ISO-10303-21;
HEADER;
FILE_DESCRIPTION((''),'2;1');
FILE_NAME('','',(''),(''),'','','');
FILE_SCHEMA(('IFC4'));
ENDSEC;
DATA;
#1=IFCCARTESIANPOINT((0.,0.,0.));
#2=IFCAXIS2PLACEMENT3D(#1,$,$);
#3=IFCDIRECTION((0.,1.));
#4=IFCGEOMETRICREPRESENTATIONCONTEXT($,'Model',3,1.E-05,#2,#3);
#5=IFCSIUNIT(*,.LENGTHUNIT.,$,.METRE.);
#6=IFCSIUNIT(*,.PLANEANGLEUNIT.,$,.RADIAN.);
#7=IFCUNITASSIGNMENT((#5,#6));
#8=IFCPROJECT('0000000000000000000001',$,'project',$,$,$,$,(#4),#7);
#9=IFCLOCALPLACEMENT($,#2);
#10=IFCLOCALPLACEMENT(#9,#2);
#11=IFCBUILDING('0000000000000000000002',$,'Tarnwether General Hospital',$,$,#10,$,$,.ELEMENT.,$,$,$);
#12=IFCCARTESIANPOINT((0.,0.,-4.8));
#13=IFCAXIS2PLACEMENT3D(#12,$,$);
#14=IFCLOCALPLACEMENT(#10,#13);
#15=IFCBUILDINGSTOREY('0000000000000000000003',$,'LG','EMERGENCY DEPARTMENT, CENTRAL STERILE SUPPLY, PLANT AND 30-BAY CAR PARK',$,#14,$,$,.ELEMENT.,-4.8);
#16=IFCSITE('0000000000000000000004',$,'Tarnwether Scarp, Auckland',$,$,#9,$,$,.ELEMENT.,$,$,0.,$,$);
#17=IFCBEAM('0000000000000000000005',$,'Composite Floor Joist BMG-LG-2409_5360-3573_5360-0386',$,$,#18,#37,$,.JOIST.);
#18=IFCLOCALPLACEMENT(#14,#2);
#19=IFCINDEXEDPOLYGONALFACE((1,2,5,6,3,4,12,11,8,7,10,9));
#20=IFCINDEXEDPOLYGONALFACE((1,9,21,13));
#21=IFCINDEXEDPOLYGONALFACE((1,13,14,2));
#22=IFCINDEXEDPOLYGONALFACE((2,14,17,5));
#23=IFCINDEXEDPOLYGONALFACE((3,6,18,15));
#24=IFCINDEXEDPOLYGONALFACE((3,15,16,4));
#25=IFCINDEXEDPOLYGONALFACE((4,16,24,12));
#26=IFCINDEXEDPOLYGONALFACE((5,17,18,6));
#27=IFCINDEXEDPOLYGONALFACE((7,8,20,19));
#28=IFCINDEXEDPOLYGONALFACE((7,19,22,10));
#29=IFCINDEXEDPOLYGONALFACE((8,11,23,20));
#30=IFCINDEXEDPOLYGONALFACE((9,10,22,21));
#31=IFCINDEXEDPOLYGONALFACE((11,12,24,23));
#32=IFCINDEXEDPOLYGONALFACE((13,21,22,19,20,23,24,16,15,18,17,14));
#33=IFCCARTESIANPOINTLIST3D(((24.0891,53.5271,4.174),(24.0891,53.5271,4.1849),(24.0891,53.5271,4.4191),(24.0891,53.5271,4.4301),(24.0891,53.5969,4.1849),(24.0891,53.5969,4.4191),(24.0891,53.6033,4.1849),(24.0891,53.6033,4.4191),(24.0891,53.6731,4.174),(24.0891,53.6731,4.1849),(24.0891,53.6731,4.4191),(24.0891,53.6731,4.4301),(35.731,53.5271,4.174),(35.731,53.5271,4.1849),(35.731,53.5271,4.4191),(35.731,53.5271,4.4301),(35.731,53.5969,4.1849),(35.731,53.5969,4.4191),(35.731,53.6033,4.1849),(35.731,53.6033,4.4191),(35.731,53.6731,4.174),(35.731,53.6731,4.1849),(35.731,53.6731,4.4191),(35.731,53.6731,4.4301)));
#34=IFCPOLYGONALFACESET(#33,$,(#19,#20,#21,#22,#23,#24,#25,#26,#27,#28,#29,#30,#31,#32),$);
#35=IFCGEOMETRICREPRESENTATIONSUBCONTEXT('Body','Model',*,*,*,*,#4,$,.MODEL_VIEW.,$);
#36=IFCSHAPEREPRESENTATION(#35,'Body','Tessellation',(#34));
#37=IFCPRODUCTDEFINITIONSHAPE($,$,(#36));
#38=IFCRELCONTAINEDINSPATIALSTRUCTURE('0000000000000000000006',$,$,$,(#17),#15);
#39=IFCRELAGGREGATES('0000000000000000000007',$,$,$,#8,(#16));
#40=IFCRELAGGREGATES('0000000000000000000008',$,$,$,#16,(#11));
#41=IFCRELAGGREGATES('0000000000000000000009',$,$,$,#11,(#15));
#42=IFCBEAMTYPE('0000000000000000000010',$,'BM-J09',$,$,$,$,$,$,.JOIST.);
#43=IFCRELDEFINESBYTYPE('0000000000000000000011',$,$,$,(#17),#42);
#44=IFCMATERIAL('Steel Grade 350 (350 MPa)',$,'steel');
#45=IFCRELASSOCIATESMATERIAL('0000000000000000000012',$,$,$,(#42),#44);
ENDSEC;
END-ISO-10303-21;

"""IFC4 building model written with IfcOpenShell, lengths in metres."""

from ifc_helpers import new_model, si_unit, direction, frame, origin, origin_2d, place, context, subcontext, project, spatial, i_section, extrude, material, material_profile, profile_set, type_object, element, save


model = new_model("IFC4")

# Units and contexts
model_context = context("Model", 3, precision=1e-05, world=origin(), true_north=direction((0.0, 1.0)))
body_context = subcontext(model_context, "Body", "Model", "MODEL_VIEW")
ifc_project = project(units=[si_unit("LENGTHUNIT", "METRE"), si_unit("PLANEANGLEUNIT", "RADIAN")], contexts=[model_context])

# Site, building, storey
site_placement = place(None, origin())
site = spatial("IfcSite", under=ifc_project, at=site_placement, Name="Tarnwether Scarp, Auckland", CompositionType="ELEMENT", RefElevation=0.0)
building_placement = place(site_placement, origin())
building = spatial("IfcBuilding", under=site, at=building_placement, Name="Tarnwether General Hospital", CompositionType="ELEMENT")
storey_placement = place(building_placement, frame((0.0, 0.0, -4.8)))
storey = spatial("IfcBuildingStorey", under=building, at=storey_placement, Name="LG", Description="EMERGENCY DEPARTMENT, CENTRAL STERILE SUPPLY, PLANT AND 30-BAY CAR PARK", CompositionType="ELEMENT", Elevation=-4.8)

# Beam
ifc_material_1 = material(Name="Steel Grade 350 (350 MPa)", Category="steel")
ifc_material_profile_1 = material_profile(ifc_material_1, i_section(OverallWidth=0.146, OverallDepth=0.2561, WebThickness=0.0063, FlangeThickness=0.011, at=origin_2d()), Name="250UB37.3")
ifc_profile_set_1 = profile_set([ifc_material_profile_1], Name="Steel Grade 350 (350 MPa)")
beam_type_1 = type_object("IfcBeamType", Name="BM-J09", PredefinedType="JOIST", material=ifc_profile_set_1)
beam_1_placement = place(storey_placement, frame((24.0891, 53.6001, 4.302), z_axis=(1.0, 0.0, 0.0), x_axis=(0.0, 1.0, 0.0)))
element("IfcBeam", 1, at=beam_1_placement, inside=storey, type_object=beam_type_1, Name="Composite Floor Joist BMG-LG-2409_5360-3573_5360-0386", PredefinedType="JOIST", context=body_context, shape_type="SweptSolid", body=[
    extrude(i_section(OverallWidth=0.146, OverallDepth=0.2561, WebThickness=0.0063, FlangeThickness=0.011, at=origin_2d()), origin(), (0.0, 0.0, 1.0), 11.6418),
])

save(model, "model.ifc")
